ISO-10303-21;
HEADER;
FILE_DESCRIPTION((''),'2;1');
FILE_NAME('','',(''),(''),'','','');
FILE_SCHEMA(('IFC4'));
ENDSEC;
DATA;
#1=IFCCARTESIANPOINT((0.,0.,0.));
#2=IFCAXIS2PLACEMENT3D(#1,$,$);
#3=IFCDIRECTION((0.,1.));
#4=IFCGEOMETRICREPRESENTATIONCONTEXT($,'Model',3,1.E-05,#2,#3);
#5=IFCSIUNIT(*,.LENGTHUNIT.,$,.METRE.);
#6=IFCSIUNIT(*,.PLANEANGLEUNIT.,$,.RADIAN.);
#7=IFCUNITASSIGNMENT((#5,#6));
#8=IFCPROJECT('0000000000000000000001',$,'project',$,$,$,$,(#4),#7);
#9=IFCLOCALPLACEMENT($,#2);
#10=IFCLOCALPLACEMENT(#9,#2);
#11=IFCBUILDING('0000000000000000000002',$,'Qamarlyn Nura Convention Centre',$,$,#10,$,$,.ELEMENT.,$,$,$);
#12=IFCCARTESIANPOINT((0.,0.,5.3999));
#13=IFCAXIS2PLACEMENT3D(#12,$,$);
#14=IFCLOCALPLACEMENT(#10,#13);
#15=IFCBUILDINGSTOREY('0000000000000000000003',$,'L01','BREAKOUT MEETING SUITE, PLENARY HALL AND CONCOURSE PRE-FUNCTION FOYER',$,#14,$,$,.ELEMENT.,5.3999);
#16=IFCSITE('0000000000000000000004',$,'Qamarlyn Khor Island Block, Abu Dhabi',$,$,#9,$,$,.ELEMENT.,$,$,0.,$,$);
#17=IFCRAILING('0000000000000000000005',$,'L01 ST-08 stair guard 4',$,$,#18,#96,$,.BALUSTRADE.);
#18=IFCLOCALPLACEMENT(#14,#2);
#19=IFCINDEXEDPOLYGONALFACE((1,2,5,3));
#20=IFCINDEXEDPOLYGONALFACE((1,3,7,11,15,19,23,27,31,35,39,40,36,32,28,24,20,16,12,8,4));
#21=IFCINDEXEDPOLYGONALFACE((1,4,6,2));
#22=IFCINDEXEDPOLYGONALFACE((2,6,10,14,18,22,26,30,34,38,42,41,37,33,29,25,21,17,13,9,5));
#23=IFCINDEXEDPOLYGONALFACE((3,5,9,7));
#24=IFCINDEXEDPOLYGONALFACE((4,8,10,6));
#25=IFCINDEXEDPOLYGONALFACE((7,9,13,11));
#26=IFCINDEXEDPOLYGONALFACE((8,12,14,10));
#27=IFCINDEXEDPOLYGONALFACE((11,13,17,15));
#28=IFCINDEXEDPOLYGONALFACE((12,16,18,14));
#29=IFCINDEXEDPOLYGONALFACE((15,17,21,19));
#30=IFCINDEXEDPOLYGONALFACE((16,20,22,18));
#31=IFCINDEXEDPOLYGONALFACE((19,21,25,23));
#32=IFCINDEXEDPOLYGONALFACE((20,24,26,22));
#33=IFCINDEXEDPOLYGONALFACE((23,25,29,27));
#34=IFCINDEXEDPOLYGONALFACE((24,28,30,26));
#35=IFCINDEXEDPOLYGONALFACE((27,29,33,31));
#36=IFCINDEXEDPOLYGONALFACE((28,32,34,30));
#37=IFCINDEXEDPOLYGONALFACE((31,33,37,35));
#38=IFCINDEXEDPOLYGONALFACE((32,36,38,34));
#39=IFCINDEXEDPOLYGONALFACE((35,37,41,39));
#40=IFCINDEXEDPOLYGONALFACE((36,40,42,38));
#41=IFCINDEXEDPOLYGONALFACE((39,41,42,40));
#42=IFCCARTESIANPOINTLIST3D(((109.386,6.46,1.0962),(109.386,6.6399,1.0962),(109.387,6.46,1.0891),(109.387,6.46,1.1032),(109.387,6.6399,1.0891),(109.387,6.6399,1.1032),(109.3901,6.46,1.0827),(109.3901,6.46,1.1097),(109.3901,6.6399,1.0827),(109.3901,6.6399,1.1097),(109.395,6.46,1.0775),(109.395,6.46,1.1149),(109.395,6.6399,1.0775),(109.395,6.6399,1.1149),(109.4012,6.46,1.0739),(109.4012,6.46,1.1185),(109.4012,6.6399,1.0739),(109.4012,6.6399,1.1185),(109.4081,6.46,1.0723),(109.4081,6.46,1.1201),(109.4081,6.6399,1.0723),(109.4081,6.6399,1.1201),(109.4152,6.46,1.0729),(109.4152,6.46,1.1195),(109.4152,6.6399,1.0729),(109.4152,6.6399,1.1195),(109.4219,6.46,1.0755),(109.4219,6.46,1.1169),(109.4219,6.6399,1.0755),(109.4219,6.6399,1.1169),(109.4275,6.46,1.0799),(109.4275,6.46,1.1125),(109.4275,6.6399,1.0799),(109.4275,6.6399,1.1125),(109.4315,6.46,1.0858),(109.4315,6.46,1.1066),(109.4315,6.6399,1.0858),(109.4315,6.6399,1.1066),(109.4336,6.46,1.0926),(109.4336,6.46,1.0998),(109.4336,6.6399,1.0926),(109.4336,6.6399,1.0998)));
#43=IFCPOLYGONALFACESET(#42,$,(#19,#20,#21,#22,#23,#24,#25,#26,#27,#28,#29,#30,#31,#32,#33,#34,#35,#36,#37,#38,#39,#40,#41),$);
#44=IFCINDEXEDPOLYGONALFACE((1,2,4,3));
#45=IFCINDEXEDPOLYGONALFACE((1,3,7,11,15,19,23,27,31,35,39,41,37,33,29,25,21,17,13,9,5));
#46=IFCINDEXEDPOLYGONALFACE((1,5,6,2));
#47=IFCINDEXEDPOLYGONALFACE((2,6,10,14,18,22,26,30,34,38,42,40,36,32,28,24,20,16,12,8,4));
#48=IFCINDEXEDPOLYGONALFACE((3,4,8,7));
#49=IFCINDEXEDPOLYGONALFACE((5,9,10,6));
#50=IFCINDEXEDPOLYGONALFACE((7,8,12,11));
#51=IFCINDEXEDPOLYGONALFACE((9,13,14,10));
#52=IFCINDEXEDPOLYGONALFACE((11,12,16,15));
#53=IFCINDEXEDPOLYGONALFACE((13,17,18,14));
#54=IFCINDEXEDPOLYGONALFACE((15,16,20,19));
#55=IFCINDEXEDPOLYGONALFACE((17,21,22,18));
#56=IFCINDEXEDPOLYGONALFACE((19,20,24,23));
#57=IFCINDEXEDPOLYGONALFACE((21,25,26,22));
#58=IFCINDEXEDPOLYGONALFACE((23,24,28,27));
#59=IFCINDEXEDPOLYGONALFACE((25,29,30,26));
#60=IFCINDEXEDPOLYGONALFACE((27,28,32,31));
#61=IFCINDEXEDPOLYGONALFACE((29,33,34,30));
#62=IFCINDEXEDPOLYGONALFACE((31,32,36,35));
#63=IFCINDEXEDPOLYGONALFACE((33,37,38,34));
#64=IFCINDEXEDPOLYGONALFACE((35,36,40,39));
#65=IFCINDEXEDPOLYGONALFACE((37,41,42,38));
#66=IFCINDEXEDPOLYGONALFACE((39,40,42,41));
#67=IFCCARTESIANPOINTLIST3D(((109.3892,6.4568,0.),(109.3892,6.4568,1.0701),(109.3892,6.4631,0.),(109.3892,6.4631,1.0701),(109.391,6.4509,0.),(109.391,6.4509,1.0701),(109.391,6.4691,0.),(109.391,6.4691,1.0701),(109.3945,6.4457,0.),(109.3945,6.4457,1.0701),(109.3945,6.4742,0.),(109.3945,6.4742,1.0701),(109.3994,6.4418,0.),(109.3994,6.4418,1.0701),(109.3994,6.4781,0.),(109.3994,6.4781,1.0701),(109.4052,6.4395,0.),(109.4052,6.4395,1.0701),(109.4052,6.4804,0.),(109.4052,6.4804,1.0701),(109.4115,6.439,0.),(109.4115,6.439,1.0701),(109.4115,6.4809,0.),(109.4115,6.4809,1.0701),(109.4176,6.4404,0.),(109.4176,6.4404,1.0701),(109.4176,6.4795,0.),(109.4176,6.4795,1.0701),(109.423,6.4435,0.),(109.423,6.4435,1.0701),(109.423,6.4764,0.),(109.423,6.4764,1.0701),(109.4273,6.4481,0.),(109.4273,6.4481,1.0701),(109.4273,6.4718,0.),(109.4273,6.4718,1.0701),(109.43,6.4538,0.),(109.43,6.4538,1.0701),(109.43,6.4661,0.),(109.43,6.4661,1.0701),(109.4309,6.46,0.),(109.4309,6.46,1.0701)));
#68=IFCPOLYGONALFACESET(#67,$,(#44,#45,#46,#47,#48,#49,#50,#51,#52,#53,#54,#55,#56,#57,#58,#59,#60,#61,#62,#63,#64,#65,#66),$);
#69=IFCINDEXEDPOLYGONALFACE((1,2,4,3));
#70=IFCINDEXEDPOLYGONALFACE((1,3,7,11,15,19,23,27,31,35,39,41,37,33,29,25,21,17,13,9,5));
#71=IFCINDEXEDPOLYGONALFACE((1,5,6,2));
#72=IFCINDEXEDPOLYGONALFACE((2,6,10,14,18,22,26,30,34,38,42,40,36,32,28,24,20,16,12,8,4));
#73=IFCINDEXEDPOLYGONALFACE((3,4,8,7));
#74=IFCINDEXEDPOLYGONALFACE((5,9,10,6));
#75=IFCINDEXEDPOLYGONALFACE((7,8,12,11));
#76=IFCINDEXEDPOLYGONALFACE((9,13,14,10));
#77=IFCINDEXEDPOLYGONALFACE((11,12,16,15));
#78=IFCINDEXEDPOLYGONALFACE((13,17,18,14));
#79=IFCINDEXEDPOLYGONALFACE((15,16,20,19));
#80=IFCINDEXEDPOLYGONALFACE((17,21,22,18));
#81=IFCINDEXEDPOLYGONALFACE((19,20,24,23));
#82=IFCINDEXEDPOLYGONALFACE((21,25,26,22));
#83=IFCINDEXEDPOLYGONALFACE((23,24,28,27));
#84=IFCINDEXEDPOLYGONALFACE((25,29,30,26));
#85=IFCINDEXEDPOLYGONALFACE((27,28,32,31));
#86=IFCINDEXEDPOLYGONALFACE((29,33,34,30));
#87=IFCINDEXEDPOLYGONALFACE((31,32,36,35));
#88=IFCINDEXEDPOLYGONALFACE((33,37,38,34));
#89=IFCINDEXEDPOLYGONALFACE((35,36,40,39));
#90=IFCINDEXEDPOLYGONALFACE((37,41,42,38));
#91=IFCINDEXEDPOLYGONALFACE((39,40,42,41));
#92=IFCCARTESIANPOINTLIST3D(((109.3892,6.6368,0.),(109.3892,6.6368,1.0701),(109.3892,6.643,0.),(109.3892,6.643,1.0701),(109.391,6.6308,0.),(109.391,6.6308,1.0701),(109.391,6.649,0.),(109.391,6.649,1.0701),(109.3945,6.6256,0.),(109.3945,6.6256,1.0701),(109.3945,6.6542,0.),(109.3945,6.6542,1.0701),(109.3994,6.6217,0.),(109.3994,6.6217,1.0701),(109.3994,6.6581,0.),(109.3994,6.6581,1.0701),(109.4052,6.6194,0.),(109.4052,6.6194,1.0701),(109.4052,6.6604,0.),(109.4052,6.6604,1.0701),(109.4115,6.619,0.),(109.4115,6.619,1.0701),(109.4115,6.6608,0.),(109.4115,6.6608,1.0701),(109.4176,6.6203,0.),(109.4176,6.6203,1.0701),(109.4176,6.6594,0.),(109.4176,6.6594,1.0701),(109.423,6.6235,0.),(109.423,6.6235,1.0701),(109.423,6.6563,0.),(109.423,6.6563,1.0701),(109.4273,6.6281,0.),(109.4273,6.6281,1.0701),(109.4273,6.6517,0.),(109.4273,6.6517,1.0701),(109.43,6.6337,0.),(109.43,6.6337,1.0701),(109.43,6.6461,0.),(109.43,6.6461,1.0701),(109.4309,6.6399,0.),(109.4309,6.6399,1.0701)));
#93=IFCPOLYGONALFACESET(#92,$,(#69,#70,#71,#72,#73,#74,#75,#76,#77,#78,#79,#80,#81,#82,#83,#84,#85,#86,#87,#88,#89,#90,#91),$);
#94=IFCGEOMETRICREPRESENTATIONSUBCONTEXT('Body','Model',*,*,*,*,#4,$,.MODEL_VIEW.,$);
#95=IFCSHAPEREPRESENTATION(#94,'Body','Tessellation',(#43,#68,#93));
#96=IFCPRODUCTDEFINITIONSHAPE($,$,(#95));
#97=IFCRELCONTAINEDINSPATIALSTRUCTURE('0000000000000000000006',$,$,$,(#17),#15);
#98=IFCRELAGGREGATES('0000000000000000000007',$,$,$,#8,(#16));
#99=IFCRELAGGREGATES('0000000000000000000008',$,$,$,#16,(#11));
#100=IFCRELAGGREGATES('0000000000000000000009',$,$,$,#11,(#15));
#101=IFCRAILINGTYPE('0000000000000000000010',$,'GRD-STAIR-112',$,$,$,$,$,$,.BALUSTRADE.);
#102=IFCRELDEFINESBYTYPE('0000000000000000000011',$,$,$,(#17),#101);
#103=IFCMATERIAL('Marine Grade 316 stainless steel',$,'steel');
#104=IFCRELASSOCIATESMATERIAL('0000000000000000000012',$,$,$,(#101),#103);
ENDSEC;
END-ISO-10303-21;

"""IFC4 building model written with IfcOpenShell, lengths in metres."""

from ifc_helpers import new_model, si_unit, direction, frame, origin, origin_2d, place, context, subcontext, project, spatial, circle, extrude, material, type_object, element, save


model = new_model("IFC4")

# Units and contexts
model_context = context("Model", 3, precision=1e-05, world=origin(), true_north=direction((0.0, 1.0)))
body_context = subcontext(model_context, "Body", "Model", "MODEL_VIEW")
ifc_project = project(units=[si_unit("LENGTHUNIT", "METRE"), si_unit("PLANEANGLEUNIT", "RADIAN")], contexts=[model_context])

# Site, building, storey
site_placement = place(None, origin())
site = spatial("IfcSite", under=ifc_project, at=site_placement, Name="Qamarlyn Khor Island Block, Abu Dhabi", CompositionType="ELEMENT", RefElevation=0.0)
building_placement = place(site_placement, origin())
building = spatial("IfcBuilding", under=site, at=building_placement, Name="Qamarlyn Nura Convention Centre", CompositionType="ELEMENT")
storey_placement = place(building_placement, frame((0.0, 0.0, 5.3999)))
storey = spatial("IfcBuildingStorey", under=building, at=storey_placement, Name="L01", Description="BREAKOUT MEETING SUITE, PLENARY HALL AND CONCOURSE PRE-FUNCTION FOYER", CompositionType="ELEMENT", Elevation=5.3999)

# Railing
ifc_material_1 = material(Name="Marine Grade 316 stainless steel", Category="steel")
railing_type_1 = type_object("IfcRailingType", Name="GRD-STAIR-112", PredefinedType="BALUSTRADE", material=ifc_material_1)
railing_1_placement = place(storey_placement, frame((109.4099, 6.46, 0.0)))
element("IfcRailing", 1, at=railing_1_placement, inside=storey, type_object=railing_type_1, Name="L01 ST-08 stair guard 4", PredefinedType="BALUSTRADE", context=body_context, shape_type="SweptSolid", body=[
    extrude(circle(Radius=0.0239, at=origin_2d()), frame((0.0, 0.0, 1.0962), z_axis=(0.0, 1.0, 0.0), x_axis=(-1.0, 0.0, 0.0)), (0.0, 0.0, 1.0), 0.1799),
    extrude(circle(Radius=0.021, at=origin_2d()), origin(), (0.0, 0.0, 1.0), 1.0701),
    extrude(circle(Radius=0.021, at=origin_2d()), frame((0.0, 0.1799, 0.0)), (0.0, 0.0, 1.0), 1.0701),
])

save(model, "model.ifc")
